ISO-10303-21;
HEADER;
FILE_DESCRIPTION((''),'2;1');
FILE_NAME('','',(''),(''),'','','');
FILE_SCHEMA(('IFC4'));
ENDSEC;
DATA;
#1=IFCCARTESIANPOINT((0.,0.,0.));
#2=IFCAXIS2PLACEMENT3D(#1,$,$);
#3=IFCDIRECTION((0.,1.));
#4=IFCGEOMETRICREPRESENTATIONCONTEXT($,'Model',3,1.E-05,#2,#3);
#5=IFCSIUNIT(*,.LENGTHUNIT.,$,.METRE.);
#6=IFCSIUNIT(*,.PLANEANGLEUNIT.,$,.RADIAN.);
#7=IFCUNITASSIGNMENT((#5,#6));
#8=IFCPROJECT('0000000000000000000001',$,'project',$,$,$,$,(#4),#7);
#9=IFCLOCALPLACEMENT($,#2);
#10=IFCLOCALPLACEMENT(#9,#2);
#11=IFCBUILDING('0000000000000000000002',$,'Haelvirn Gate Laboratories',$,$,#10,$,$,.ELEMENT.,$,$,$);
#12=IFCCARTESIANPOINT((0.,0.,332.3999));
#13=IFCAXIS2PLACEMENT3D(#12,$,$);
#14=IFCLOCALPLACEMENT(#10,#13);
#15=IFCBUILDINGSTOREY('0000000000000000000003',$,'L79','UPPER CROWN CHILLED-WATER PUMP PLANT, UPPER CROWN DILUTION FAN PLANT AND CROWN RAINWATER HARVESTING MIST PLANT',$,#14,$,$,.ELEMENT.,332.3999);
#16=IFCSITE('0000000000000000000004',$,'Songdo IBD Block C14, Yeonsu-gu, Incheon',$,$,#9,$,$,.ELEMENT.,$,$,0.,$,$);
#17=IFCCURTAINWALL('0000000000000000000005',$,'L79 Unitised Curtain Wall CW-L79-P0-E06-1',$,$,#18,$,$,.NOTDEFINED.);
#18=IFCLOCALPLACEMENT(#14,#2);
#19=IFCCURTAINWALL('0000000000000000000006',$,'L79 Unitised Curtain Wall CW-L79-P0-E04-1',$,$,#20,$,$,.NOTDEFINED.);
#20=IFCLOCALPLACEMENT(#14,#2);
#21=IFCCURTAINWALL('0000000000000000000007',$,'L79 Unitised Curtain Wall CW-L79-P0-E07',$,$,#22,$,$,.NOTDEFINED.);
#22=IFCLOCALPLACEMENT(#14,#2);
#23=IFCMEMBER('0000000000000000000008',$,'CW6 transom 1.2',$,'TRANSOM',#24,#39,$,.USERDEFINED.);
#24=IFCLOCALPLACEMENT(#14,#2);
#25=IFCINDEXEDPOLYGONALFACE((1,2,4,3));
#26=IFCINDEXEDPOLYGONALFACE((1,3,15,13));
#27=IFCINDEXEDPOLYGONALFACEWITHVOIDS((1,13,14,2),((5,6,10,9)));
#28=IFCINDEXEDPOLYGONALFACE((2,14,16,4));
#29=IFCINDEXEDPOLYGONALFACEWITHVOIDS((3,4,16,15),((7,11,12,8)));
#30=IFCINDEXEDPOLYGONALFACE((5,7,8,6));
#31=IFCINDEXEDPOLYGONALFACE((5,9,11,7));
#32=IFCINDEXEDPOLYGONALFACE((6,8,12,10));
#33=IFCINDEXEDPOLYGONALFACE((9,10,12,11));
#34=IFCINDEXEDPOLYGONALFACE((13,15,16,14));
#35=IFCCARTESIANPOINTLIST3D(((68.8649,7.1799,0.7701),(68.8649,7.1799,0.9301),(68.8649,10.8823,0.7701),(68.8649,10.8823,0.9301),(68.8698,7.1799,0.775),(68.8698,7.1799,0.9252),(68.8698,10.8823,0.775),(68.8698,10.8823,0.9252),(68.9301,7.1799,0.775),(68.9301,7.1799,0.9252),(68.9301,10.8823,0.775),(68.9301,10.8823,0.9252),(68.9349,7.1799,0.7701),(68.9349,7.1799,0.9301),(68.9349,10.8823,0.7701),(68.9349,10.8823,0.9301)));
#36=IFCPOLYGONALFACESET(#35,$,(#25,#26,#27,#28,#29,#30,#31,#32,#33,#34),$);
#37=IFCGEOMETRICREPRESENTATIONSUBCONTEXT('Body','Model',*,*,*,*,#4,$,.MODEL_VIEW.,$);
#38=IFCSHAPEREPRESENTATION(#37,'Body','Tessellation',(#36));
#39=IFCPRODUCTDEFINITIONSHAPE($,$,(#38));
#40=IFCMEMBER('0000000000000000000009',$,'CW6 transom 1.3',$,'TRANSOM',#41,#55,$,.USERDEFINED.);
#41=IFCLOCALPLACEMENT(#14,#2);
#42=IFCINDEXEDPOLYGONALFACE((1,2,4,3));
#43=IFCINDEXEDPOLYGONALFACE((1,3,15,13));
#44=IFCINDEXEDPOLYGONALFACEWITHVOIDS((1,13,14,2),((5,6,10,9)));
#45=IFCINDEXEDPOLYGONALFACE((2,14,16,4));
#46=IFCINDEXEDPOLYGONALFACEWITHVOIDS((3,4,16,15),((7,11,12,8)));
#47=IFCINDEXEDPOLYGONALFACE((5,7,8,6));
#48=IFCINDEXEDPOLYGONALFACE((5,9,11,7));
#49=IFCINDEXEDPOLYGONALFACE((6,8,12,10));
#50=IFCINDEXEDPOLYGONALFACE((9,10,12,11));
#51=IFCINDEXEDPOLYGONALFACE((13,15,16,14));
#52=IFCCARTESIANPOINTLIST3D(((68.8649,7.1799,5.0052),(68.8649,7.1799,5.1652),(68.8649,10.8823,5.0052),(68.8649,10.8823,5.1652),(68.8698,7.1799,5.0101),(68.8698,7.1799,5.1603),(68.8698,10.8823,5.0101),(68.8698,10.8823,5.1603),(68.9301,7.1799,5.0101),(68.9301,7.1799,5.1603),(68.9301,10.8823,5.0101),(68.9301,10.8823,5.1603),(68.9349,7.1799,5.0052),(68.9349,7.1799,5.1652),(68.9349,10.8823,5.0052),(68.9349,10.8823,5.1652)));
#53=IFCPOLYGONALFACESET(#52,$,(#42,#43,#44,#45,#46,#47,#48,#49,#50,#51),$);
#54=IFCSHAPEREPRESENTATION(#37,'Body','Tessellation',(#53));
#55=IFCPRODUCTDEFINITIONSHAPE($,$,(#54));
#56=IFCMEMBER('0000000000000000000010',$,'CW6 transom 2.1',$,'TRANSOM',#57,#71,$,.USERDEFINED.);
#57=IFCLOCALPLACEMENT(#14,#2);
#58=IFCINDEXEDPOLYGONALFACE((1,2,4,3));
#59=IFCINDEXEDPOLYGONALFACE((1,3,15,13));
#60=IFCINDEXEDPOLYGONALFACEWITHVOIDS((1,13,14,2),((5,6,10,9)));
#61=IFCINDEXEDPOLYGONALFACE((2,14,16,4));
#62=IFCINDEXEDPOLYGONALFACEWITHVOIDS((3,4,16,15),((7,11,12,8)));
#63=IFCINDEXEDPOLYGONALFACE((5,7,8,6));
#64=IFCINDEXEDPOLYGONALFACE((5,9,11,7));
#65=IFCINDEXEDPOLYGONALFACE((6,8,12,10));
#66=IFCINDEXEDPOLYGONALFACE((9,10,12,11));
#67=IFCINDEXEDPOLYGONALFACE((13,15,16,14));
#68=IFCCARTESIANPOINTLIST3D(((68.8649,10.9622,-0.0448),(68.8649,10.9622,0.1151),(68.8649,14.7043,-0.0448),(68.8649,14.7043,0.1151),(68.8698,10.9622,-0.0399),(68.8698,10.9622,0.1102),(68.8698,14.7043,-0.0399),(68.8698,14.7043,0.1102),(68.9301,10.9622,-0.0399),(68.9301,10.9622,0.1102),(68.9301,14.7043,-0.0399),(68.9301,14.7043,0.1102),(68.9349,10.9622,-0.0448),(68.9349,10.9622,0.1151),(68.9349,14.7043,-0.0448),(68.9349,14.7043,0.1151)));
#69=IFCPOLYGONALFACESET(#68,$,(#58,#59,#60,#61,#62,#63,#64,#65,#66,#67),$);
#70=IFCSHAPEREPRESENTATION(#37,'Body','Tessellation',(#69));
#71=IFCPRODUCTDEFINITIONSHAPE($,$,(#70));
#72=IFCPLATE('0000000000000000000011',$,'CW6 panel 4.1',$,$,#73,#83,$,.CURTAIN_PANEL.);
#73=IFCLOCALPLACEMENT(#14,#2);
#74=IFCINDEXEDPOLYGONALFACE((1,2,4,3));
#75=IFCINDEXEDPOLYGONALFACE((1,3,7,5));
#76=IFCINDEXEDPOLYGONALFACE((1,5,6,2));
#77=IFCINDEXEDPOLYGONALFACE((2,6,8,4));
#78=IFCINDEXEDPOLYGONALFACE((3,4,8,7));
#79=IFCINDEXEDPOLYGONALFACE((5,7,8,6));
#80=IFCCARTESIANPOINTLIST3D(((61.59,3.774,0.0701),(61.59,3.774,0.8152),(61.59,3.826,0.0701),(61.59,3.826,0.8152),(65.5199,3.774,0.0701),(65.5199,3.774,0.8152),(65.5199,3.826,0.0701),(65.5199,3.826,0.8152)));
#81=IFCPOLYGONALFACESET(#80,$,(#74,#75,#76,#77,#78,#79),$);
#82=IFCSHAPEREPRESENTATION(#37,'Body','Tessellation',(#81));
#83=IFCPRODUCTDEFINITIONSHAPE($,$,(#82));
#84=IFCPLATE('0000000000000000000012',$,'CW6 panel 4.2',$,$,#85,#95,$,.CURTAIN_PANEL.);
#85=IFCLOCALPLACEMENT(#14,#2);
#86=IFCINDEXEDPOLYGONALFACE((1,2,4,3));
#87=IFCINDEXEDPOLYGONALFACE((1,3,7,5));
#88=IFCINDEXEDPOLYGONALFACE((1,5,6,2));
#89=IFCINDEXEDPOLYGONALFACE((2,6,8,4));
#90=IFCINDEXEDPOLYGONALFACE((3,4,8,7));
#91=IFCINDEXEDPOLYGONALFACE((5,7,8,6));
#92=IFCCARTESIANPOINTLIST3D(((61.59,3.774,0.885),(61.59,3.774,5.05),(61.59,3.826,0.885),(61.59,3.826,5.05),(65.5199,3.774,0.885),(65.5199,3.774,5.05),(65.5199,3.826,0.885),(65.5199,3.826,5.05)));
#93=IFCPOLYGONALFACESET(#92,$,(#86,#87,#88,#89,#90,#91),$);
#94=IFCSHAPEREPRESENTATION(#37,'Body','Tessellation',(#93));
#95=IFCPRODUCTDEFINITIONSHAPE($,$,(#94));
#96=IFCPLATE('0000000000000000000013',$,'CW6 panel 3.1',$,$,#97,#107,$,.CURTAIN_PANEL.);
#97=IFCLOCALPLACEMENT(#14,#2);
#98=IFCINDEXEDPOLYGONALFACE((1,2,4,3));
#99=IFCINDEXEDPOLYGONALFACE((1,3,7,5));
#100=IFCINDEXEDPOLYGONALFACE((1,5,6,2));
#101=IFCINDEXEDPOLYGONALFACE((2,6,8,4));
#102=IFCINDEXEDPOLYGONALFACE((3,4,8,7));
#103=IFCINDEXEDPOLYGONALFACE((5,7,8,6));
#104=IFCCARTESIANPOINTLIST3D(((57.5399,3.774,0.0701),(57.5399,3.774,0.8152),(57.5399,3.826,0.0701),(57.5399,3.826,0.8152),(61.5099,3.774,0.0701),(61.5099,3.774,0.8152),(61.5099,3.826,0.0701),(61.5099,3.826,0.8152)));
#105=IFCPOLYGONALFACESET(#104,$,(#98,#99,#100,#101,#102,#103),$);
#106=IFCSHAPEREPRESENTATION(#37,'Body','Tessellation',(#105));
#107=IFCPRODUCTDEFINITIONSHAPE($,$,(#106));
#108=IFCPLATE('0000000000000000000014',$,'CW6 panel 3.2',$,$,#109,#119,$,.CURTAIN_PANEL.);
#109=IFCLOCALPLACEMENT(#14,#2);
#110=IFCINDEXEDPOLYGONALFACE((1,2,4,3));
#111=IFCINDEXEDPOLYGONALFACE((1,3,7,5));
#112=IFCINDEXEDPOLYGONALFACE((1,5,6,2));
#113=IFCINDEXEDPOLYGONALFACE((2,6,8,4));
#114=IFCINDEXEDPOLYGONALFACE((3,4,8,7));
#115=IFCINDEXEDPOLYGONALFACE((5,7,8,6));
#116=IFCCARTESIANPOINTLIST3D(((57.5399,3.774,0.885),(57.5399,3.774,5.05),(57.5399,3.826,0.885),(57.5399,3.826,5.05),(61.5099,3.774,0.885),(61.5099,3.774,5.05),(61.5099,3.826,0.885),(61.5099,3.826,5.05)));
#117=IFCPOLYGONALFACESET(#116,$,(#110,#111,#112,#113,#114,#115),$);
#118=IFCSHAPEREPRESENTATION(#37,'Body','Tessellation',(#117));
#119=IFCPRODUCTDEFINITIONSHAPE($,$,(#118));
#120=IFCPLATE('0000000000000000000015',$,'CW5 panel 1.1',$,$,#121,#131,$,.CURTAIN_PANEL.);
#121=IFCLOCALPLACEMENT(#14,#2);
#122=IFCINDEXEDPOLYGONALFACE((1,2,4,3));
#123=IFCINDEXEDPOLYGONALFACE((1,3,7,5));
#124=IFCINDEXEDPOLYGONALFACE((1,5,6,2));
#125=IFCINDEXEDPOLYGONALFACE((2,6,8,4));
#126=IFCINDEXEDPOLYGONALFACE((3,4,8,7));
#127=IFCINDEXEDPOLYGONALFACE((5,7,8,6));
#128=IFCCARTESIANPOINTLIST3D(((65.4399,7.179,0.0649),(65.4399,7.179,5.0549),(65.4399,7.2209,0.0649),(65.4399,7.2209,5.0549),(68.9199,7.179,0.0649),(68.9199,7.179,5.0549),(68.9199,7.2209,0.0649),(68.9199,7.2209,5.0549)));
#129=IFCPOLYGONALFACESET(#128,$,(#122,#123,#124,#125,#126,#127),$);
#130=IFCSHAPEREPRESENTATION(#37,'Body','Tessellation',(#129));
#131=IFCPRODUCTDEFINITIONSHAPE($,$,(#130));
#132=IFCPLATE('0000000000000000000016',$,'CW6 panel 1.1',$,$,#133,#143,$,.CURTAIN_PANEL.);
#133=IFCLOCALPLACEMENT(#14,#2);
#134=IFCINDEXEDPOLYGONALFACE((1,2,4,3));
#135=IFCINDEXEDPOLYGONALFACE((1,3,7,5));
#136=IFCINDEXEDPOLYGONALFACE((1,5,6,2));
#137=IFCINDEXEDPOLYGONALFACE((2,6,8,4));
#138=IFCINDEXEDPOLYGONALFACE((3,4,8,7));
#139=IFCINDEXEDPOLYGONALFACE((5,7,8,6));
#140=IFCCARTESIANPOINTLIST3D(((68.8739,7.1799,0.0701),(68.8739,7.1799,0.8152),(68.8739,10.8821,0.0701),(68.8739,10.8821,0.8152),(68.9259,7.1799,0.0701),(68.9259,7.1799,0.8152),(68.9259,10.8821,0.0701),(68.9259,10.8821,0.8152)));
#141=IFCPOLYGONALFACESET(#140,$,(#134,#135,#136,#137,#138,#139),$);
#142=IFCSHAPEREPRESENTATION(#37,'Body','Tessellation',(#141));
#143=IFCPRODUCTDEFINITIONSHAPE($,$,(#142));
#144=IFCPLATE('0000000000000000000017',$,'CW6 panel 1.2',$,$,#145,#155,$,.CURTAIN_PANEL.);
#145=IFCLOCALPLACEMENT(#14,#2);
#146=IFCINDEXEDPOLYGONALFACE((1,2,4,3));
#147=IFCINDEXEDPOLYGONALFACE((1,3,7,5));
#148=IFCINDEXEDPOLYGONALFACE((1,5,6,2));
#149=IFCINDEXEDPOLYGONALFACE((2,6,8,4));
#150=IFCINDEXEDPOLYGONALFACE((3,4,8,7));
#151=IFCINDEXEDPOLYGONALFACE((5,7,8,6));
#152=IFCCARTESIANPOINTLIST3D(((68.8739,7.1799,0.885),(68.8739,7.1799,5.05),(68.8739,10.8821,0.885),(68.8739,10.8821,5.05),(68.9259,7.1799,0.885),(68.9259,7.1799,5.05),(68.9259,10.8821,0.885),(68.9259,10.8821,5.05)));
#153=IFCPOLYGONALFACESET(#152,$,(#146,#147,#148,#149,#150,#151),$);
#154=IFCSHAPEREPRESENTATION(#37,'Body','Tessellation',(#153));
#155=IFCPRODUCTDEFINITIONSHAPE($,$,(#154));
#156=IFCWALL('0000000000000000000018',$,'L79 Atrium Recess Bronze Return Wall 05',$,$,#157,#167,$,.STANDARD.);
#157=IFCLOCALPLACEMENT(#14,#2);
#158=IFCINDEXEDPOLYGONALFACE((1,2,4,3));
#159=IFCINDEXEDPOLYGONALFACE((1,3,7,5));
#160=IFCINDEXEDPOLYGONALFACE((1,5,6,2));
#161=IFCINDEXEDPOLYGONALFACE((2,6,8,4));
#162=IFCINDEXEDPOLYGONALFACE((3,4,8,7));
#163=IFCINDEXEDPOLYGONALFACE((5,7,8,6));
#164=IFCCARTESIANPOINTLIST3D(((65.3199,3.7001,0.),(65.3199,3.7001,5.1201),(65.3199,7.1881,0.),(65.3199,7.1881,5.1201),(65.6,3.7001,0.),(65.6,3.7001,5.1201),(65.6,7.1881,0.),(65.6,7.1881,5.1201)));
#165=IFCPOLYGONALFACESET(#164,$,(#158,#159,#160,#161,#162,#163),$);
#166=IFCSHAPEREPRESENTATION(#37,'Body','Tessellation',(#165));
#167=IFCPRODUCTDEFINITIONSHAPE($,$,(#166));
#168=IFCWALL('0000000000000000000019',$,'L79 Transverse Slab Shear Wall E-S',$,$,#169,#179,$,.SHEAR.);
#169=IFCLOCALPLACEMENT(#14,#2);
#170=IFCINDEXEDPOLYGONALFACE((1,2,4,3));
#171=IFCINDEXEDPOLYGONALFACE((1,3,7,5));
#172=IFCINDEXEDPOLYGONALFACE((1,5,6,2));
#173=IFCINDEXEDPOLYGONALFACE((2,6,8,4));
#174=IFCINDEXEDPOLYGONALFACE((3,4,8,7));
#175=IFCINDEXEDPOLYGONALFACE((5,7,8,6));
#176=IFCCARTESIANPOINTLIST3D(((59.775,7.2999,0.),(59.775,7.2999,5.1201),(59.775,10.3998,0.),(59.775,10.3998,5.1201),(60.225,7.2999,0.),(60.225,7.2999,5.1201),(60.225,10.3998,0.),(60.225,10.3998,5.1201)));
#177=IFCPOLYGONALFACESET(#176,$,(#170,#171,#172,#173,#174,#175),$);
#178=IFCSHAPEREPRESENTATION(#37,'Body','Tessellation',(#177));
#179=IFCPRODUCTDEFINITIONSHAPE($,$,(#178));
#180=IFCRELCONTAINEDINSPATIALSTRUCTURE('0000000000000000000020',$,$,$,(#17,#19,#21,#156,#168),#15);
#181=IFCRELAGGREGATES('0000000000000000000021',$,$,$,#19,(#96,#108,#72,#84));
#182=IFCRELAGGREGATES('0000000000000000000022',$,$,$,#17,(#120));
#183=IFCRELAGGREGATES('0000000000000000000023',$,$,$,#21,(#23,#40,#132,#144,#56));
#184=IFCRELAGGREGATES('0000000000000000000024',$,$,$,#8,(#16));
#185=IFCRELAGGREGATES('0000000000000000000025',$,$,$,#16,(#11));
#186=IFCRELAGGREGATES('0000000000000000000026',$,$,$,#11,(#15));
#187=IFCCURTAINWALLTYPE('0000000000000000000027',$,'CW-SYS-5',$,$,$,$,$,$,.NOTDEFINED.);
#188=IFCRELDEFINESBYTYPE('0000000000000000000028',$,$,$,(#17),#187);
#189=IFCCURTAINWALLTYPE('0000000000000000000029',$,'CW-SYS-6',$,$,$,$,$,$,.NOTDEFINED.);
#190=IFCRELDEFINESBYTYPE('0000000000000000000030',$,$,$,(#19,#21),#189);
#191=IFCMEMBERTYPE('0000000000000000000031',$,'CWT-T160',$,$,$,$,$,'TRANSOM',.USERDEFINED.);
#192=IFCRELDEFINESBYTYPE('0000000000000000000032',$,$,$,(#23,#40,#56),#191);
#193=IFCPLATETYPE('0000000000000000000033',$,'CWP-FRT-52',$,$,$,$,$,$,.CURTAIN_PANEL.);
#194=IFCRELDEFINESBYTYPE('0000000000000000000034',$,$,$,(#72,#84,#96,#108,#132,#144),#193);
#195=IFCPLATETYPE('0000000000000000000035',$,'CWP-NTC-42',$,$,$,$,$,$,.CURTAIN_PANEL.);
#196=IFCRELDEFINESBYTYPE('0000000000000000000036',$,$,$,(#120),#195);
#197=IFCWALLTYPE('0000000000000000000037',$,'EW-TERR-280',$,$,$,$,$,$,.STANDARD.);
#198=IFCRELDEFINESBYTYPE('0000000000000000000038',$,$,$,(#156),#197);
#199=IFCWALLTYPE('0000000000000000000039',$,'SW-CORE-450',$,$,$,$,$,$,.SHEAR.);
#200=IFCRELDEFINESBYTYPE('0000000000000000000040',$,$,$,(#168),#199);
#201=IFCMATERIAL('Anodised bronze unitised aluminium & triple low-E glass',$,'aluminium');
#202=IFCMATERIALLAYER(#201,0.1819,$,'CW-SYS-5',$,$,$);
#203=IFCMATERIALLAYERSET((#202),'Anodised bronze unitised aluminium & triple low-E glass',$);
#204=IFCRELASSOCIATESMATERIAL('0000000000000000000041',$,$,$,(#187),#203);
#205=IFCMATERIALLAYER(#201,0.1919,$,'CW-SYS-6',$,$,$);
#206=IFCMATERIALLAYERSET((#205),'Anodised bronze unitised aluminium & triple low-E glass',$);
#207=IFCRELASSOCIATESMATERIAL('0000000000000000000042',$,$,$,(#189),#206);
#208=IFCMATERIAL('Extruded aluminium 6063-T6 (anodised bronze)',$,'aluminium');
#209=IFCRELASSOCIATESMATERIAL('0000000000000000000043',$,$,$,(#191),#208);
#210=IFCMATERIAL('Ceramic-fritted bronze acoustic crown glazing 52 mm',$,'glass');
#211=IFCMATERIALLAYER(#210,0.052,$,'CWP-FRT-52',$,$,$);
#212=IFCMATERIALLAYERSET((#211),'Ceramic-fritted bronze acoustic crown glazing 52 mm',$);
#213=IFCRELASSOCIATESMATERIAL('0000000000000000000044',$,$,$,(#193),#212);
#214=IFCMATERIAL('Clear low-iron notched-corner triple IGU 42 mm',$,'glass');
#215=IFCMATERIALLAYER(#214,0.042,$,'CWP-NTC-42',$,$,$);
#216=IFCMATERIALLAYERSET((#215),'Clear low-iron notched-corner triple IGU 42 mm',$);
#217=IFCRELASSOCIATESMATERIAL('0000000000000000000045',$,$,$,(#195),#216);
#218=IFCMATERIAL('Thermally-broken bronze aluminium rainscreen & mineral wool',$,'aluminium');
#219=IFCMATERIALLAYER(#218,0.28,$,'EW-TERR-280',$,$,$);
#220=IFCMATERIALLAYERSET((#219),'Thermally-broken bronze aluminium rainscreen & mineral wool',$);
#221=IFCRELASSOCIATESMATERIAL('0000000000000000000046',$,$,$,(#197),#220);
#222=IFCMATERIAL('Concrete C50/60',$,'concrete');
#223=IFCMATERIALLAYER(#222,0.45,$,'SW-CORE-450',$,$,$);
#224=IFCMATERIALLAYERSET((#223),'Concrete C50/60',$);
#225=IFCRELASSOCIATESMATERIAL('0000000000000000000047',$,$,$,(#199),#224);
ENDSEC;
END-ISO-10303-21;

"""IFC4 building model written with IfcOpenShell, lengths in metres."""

from ifc_helpers import new_model, si_unit, direction, frame, frame_2d, origin, origin_2d, place, context, subcontext, project, spatial, rectangle, hollow_rectangle, extrude, source, transform, mapped, material, layer, layer_set, material_profile, profile_set, type_object, type_shapes, element, aggregate, save


model = new_model("IFC4")

# Units and contexts
model_context = context("Model", 3, precision=1e-05, world=origin(), true_north=direction((0.0, 1.0)))
body_context = subcontext(model_context, "Body", "Model", "MODEL_VIEW")
ifc_project = project(units=[si_unit("LENGTHUNIT", "METRE"), si_unit("PLANEANGLEUNIT", "RADIAN")], contexts=[model_context])

# Site, building, storey
site_placement = place(None, origin())
site = spatial("IfcSite", under=ifc_project, at=site_placement, Name="Songdo IBD Block C14, Yeonsu-gu, Incheon", CompositionType="ELEMENT", RefElevation=0.0)
building_placement = place(site_placement, origin())
building = spatial("IfcBuilding", under=site, at=building_placement, Name="Haelvirn Gate Laboratories", CompositionType="ELEMENT")
storey_placement = place(building_placement, frame((0.0, 0.0, 332.3999)))
storey = spatial("IfcBuildingStorey", under=building, at=storey_placement, Name="L79", Description="UPPER CROWN CHILLED-WATER PUMP PLANT, UPPER CROWN DILUTION FAN PLANT AND CROWN RAINWATER HARVESTING MIST PLANT", CompositionType="ELEMENT", Elevation=332.3999)

# Shared definitions
ifc_material_1 = material(Name="Concrete C50/60", Category="concrete")

# Curtain walls
ifc_material_2 = material(Name="Anodised bronze unitised aluminium & triple low-E glass", Category="aluminium")
ifc_layer_1 = layer(ifc_material_2, 0.1819, Name="CW-SYS-5")
ifc_layer_set_1 = layer_set([ifc_layer_1], Name="Anodised bronze unitised aluminium & triple low-E glass")
curtain_wall_type_1 = type_object("IfcCurtainWallType", Name="CW-SYS-5", PredefinedType="NOTDEFINED", material=ifc_layer_set_1)
curtain_wall_1_placement = place(storey_placement, origin())
curtain_wall_1 = element("IfcCurtainWall", 1, at=curtain_wall_1_placement, inside=storey, type_object=curtain_wall_type_1, Name="L79 Unitised Curtain Wall CW-L79-P0-E06-1", PredefinedType="NOTDEFINED")
ifc_material_3 = material(Name="Extruded aluminium 6063-T6 (anodised bronze)", Category="aluminium")
ifc_layer_2 = layer(ifc_material_2, 0.1919, Name="CW-SYS-6")
ifc_layer_set_2 = layer_set([ifc_layer_2], Name="Anodised bronze unitised aluminium & triple low-E glass")
curtain_wall_type_2 = type_object("IfcCurtainWallType", Name="CW-SYS-6", PredefinedType="NOTDEFINED", material=ifc_layer_set_2)
curtain_wall_2_placement = place(storey_placement, origin())
curtain_wall_2 = element("IfcCurtainWall", 2, at=curtain_wall_2_placement, inside=storey, type_object=curtain_wall_type_2, Name="L79 Unitised Curtain Wall CW-L79-P0-E04-1", PredefinedType="NOTDEFINED")

# Curtain wall
curtain_wall_3_placement = place(storey_placement, origin())
curtain_wall_3 = element("IfcCurtainWall", 3, at=curtain_wall_3_placement, inside=storey, type_object=curtain_wall_type_2, Name="L79 Unitised Curtain Wall CW-L79-P0-E07", PredefinedType="NOTDEFINED")

# Members
ifc_material_profile_1 = material_profile(ifc_material_3, hollow_rectangle(XDim=0.0701, YDim=0.1599, WallThickness=0.0049, at=origin_2d()), Name="CWT-160x70x5")
ifc_profile_set_1 = profile_set([ifc_material_profile_1], Name="Extruded aluminium 6063-T6 (anodised bronze)")
member_type_1 = type_object("IfcMemberType", Name="CWT-T160", ElementType="TRANSOM", PredefinedType="USERDEFINED", material=ifc_profile_set_1)
shared_shape_1 = source(origin(), body_context, "Body", "SweptSolid", [
    extrude(hollow_rectangle(XDim=0.0701, YDim=0.1599, WallThickness=0.0049, at=origin_2d()), origin(), (0.0, 0.0, 1.0), 3.7024),
])
member_1_placement = place(storey_placement, frame((68.8999, 7.1799, 0.8501), z_axis=(0.0, 1.0, 0.0), x_axis=(-1.0, 0.0, 0.0)))
member_1 = element("IfcMember", 4, at=member_1_placement, type_object=member_type_1, Name="CW6 transom 1.2", ObjectType="TRANSOM", PredefinedType="USERDEFINED", context=body_context, shape_type="MappedRepresentation", body=[
    mapped(shared_shape_1, transform((0.0, 0.0, 0.0), scale=1.0)),
])
member_2_placement = place(storey_placement, frame((68.8999, 7.1799, 5.0852), z_axis=(0.0, 1.0, 0.0), x_axis=(-1.0, 0.0, 0.0)))
member_2 = element("IfcMember", 5, at=member_2_placement, type_object=member_type_1, Name="CW6 transom 1.3", ObjectType="TRANSOM", PredefinedType="USERDEFINED", context=body_context, shape_type="MappedRepresentation", body=[
    mapped(shared_shape_1, transform((0.0, 0.0, 0.0), scale=1.0)),
])
shared_shape_2 = source(origin(), body_context, "Body", "SweptSolid", [
    extrude(hollow_rectangle(XDim=0.0701, YDim=0.1599, WallThickness=0.0049, at=origin_2d()), origin(), (0.0, 0.0, 1.0), 3.7422),
])
member_3_placement = place(storey_placement, frame((68.8999, 10.9622, 0.0352), z_axis=(0.0, 1.0, 0.0), x_axis=(-1.0, 0.0, 0.0)))
member_3 = element("IfcMember", 6, at=member_3_placement, type_object=member_type_1, Name="CW6 transom 2.1", ObjectType="TRANSOM", PredefinedType="USERDEFINED", context=body_context, shape_type="MappedRepresentation", body=[
    mapped(shared_shape_2, transform((0.0, 0.0, 0.0), scale=1.0)),
])

# Plates
ifc_material_4 = material(Name="Ceramic-fritted bronze acoustic crown glazing 52 mm", Category="glass")
ifc_layer_3 = layer(ifc_material_4, 0.052, Name="CWP-FRT-52")
ifc_layer_set_3 = layer_set([ifc_layer_3], Name="Ceramic-fritted bronze acoustic crown glazing 52 mm")
plate_type_1 = type_object("IfcPlateType", Name="CWP-FRT-52", PredefinedType="CURTAIN_PANEL", material=ifc_layer_set_3)
shared_shape_3 = source(origin(), body_context, "Body", "SweptSolid", [
    extrude(rectangle(XDim=3.9299, YDim=0.052, at=origin_2d()), origin(), (0.0, 0.0, 1.0), 0.7451),
])
plate_1_placement = place(storey_placement, frame((63.5549, 3.8, 0.0701), z_axis=(0.0, 0.0, 1.0), x_axis=(1.0, 0.0, 0.0)))
plate_1 = element("IfcPlate", 7, at=plate_1_placement, type_object=plate_type_1, Name="CW6 panel 4.1", PredefinedType="CURTAIN_PANEL", context=body_context, shape_type="MappedRepresentation", body=[
    mapped(shared_shape_3, transform((0.0, 0.0, 0.0), scale=1.0)),
])
shared_shape_4 = source(origin(), body_context, "Body", "SweptSolid", [
    extrude(rectangle(XDim=3.9299, YDim=0.052, at=origin_2d()), origin(), (0.0, 0.0, 1.0), 4.165),
])
plate_2_placement = place(storey_placement, frame((63.5549, 3.8, 0.885), z_axis=(0.0, 0.0, 1.0), x_axis=(1.0, 0.0, 0.0)))
plate_2 = element("IfcPlate", 8, at=plate_2_placement, type_object=plate_type_1, Name="CW6 panel 4.2", PredefinedType="CURTAIN_PANEL", context=body_context, shape_type="MappedRepresentation", body=[
    mapped(shared_shape_4, transform((0.0, 0.0, 0.0), scale=1.0)),
])
shared_shape_5 = source(origin(), body_context, "Body", "SweptSolid", [
    extrude(rectangle(XDim=3.97, YDim=0.052, at=origin_2d()), origin(), (0.0, 0.0, 1.0), 0.7451),
])
plate_3_placement = place(storey_placement, frame((59.5249, 3.8, 0.0701), z_axis=(0.0, 0.0, 1.0), x_axis=(1.0, 0.0, 0.0)))
plate_3 = element("IfcPlate", 9, at=plate_3_placement, type_object=plate_type_1, Name="CW6 panel 3.1", PredefinedType="CURTAIN_PANEL", context=body_context, shape_type="MappedRepresentation", body=[
    mapped(shared_shape_5, transform((0.0, 0.0, 0.0), scale=1.0)),
])
shared_shape_6 = source(origin(), body_context, "Body", "SweptSolid", [
    extrude(rectangle(XDim=3.97, YDim=0.052, at=origin_2d()), origin(), (0.0, 0.0, 1.0), 4.165),
])
plate_4_placement = place(storey_placement, frame((59.5249, 3.8, 0.885), z_axis=(0.0, 0.0, 1.0), x_axis=(1.0, 0.0, 0.0)))
plate_4 = element("IfcPlate", 10, at=plate_4_placement, type_object=plate_type_1, Name="CW6 panel 3.2", PredefinedType="CURTAIN_PANEL", context=body_context, shape_type="MappedRepresentation", body=[
    mapped(shared_shape_6, transform((0.0, 0.0, 0.0), scale=1.0)),
])
aggregate(curtain_wall_2, [plate_3, plate_4, plate_1, plate_2])
ifc_material_5 = material(Name="Clear low-iron notched-corner triple IGU 42 mm", Category="glass")
ifc_layer_4 = layer(ifc_material_5, 0.042, Name="CWP-NTC-42")
ifc_layer_set_4 = layer_set([ifc_layer_4], Name="Clear low-iron notched-corner triple IGU 42 mm")
plate_type_2 = type_object("IfcPlateType", Name="CWP-NTC-42", PredefinedType="CURTAIN_PANEL", material=ifc_layer_set_4)
shared_shape_7 = source(origin(), body_context, "Body", "SweptSolid", [
    extrude(rectangle(XDim=3.48, YDim=0.042, at=origin_2d()), origin(), (0.0, 0.0, 1.0), 4.99),
])
type_shapes(plate_type_2, [shared_shape_7])
plate_5_placement = place(storey_placement, frame((67.1799, 7.2, 0.0649), z_axis=(0.0, 0.0, 1.0), x_axis=(1.0, 0.0, 0.0)))
plate_5 = element("IfcPlate", 11, at=plate_5_placement, type_object=plate_type_2, Name="CW5 panel 1.1", PredefinedType="CURTAIN_PANEL", context=body_context, shape_type="MappedRepresentation", body=[
    mapped(shared_shape_7, transform((0.0, 0.0, 0.0), scale=1.0)),
])
aggregate(curtain_wall_1, [plate_5])
shared_shape_8 = source(origin(), body_context, "Body", "SweptSolid", [
    extrude(rectangle(XDim=3.7021, YDim=0.052, at=origin_2d()), origin(), (0.0, 0.0, 1.0), 0.7451),
])
plate_6_placement = place(storey_placement, frame((68.8999, 9.031, 0.0701), z_axis=(0.0, 0.0, 1.0), x_axis=(0.0, 1.0, 0.0)))
plate_6 = element("IfcPlate", 12, at=plate_6_placement, type_object=plate_type_1, Name="CW6 panel 1.1", PredefinedType="CURTAIN_PANEL", context=body_context, shape_type="MappedRepresentation", body=[
    mapped(shared_shape_8, transform((0.0, 0.0, 0.0), scale=1.0)),
])
shared_shape_9 = source(origin(), body_context, "Body", "SweptSolid", [
    extrude(rectangle(XDim=3.7021, YDim=0.052, at=origin_2d()), origin(), (0.0, 0.0, 1.0), 4.165),
])
type_shapes(plate_type_1, [shared_shape_3, shared_shape_4, shared_shape_5, shared_shape_6, shared_shape_8, shared_shape_9])
plate_7_placement = place(storey_placement, frame((68.8999, 9.031, 0.885), z_axis=(0.0, 0.0, 1.0), x_axis=(0.0, 1.0, 0.0)))
plate_7 = element("IfcPlate", 13, at=plate_7_placement, type_object=plate_type_1, Name="CW6 panel 1.2", PredefinedType="CURTAIN_PANEL", context=body_context, shape_type="MappedRepresentation", body=[
    mapped(shared_shape_9, transform((0.0, 0.0, 0.0), scale=1.0)),
])
aggregate(curtain_wall_3, [member_1, member_2, plate_6, plate_7, member_3])

# Walls
ifc_material_6 = material(Name="Thermally-broken bronze aluminium rainscreen & mineral wool", Category="aluminium")
ifc_layer_5 = layer(ifc_material_6, 0.28, Name="EW-TERR-280")
ifc_layer_set_5 = layer_set([ifc_layer_5], Name="Thermally-broken bronze aluminium rainscreen & mineral wool")
wall_type_1 = type_object("IfcWallType", Name="EW-TERR-280", PredefinedType="STANDARD", material=ifc_layer_set_5)
wall_1_placement = place(storey_placement, frame((65.46, 3.7, 0.0), z_axis=(0.0, 0.0, 1.0), x_axis=(0.0, 1.0, 0.0)))
element("IfcWall", 14, at=wall_1_placement, inside=storey, type_object=wall_type_1, Name="L79 Atrium Recess Bronze Return Wall 05", PredefinedType="STANDARD", context=body_context, shape_type="SweptSolid", body=[
    extrude(rectangle(XDim=3.488, YDim=0.28, at=frame_2d((1.7441, 0.0))), origin(), (0.0, 0.0, 1.0), 5.1201),
])
ifc_layer_6 = layer(ifc_material_1, 0.45, Name="SW-CORE-450")
ifc_layer_set_6 = layer_set([ifc_layer_6], Name="Concrete C50/60")
wall_type_2 = type_object("IfcWallType", Name="SW-CORE-450", PredefinedType="SHEAR", material=ifc_layer_set_6)
wall_2_placement = place(storey_placement, frame((60.0, 7.3, 0.0), z_axis=(0.0, 0.0, 1.0), x_axis=(0.0, 1.0, 0.0)))
element("IfcWall", 15, at=wall_2_placement, inside=storey, type_object=wall_type_2, Name="L79 Transverse Slab Shear Wall E-S", PredefinedType="SHEAR", context=body_context, shape_type="SweptSolid", body=[
    extrude(rectangle(XDim=3.0999, YDim=0.45, at=frame_2d((1.5498, 0.0))), origin(), (0.0, 0.0, 1.0), 5.1201),
])

save(model, "model.ifc")
